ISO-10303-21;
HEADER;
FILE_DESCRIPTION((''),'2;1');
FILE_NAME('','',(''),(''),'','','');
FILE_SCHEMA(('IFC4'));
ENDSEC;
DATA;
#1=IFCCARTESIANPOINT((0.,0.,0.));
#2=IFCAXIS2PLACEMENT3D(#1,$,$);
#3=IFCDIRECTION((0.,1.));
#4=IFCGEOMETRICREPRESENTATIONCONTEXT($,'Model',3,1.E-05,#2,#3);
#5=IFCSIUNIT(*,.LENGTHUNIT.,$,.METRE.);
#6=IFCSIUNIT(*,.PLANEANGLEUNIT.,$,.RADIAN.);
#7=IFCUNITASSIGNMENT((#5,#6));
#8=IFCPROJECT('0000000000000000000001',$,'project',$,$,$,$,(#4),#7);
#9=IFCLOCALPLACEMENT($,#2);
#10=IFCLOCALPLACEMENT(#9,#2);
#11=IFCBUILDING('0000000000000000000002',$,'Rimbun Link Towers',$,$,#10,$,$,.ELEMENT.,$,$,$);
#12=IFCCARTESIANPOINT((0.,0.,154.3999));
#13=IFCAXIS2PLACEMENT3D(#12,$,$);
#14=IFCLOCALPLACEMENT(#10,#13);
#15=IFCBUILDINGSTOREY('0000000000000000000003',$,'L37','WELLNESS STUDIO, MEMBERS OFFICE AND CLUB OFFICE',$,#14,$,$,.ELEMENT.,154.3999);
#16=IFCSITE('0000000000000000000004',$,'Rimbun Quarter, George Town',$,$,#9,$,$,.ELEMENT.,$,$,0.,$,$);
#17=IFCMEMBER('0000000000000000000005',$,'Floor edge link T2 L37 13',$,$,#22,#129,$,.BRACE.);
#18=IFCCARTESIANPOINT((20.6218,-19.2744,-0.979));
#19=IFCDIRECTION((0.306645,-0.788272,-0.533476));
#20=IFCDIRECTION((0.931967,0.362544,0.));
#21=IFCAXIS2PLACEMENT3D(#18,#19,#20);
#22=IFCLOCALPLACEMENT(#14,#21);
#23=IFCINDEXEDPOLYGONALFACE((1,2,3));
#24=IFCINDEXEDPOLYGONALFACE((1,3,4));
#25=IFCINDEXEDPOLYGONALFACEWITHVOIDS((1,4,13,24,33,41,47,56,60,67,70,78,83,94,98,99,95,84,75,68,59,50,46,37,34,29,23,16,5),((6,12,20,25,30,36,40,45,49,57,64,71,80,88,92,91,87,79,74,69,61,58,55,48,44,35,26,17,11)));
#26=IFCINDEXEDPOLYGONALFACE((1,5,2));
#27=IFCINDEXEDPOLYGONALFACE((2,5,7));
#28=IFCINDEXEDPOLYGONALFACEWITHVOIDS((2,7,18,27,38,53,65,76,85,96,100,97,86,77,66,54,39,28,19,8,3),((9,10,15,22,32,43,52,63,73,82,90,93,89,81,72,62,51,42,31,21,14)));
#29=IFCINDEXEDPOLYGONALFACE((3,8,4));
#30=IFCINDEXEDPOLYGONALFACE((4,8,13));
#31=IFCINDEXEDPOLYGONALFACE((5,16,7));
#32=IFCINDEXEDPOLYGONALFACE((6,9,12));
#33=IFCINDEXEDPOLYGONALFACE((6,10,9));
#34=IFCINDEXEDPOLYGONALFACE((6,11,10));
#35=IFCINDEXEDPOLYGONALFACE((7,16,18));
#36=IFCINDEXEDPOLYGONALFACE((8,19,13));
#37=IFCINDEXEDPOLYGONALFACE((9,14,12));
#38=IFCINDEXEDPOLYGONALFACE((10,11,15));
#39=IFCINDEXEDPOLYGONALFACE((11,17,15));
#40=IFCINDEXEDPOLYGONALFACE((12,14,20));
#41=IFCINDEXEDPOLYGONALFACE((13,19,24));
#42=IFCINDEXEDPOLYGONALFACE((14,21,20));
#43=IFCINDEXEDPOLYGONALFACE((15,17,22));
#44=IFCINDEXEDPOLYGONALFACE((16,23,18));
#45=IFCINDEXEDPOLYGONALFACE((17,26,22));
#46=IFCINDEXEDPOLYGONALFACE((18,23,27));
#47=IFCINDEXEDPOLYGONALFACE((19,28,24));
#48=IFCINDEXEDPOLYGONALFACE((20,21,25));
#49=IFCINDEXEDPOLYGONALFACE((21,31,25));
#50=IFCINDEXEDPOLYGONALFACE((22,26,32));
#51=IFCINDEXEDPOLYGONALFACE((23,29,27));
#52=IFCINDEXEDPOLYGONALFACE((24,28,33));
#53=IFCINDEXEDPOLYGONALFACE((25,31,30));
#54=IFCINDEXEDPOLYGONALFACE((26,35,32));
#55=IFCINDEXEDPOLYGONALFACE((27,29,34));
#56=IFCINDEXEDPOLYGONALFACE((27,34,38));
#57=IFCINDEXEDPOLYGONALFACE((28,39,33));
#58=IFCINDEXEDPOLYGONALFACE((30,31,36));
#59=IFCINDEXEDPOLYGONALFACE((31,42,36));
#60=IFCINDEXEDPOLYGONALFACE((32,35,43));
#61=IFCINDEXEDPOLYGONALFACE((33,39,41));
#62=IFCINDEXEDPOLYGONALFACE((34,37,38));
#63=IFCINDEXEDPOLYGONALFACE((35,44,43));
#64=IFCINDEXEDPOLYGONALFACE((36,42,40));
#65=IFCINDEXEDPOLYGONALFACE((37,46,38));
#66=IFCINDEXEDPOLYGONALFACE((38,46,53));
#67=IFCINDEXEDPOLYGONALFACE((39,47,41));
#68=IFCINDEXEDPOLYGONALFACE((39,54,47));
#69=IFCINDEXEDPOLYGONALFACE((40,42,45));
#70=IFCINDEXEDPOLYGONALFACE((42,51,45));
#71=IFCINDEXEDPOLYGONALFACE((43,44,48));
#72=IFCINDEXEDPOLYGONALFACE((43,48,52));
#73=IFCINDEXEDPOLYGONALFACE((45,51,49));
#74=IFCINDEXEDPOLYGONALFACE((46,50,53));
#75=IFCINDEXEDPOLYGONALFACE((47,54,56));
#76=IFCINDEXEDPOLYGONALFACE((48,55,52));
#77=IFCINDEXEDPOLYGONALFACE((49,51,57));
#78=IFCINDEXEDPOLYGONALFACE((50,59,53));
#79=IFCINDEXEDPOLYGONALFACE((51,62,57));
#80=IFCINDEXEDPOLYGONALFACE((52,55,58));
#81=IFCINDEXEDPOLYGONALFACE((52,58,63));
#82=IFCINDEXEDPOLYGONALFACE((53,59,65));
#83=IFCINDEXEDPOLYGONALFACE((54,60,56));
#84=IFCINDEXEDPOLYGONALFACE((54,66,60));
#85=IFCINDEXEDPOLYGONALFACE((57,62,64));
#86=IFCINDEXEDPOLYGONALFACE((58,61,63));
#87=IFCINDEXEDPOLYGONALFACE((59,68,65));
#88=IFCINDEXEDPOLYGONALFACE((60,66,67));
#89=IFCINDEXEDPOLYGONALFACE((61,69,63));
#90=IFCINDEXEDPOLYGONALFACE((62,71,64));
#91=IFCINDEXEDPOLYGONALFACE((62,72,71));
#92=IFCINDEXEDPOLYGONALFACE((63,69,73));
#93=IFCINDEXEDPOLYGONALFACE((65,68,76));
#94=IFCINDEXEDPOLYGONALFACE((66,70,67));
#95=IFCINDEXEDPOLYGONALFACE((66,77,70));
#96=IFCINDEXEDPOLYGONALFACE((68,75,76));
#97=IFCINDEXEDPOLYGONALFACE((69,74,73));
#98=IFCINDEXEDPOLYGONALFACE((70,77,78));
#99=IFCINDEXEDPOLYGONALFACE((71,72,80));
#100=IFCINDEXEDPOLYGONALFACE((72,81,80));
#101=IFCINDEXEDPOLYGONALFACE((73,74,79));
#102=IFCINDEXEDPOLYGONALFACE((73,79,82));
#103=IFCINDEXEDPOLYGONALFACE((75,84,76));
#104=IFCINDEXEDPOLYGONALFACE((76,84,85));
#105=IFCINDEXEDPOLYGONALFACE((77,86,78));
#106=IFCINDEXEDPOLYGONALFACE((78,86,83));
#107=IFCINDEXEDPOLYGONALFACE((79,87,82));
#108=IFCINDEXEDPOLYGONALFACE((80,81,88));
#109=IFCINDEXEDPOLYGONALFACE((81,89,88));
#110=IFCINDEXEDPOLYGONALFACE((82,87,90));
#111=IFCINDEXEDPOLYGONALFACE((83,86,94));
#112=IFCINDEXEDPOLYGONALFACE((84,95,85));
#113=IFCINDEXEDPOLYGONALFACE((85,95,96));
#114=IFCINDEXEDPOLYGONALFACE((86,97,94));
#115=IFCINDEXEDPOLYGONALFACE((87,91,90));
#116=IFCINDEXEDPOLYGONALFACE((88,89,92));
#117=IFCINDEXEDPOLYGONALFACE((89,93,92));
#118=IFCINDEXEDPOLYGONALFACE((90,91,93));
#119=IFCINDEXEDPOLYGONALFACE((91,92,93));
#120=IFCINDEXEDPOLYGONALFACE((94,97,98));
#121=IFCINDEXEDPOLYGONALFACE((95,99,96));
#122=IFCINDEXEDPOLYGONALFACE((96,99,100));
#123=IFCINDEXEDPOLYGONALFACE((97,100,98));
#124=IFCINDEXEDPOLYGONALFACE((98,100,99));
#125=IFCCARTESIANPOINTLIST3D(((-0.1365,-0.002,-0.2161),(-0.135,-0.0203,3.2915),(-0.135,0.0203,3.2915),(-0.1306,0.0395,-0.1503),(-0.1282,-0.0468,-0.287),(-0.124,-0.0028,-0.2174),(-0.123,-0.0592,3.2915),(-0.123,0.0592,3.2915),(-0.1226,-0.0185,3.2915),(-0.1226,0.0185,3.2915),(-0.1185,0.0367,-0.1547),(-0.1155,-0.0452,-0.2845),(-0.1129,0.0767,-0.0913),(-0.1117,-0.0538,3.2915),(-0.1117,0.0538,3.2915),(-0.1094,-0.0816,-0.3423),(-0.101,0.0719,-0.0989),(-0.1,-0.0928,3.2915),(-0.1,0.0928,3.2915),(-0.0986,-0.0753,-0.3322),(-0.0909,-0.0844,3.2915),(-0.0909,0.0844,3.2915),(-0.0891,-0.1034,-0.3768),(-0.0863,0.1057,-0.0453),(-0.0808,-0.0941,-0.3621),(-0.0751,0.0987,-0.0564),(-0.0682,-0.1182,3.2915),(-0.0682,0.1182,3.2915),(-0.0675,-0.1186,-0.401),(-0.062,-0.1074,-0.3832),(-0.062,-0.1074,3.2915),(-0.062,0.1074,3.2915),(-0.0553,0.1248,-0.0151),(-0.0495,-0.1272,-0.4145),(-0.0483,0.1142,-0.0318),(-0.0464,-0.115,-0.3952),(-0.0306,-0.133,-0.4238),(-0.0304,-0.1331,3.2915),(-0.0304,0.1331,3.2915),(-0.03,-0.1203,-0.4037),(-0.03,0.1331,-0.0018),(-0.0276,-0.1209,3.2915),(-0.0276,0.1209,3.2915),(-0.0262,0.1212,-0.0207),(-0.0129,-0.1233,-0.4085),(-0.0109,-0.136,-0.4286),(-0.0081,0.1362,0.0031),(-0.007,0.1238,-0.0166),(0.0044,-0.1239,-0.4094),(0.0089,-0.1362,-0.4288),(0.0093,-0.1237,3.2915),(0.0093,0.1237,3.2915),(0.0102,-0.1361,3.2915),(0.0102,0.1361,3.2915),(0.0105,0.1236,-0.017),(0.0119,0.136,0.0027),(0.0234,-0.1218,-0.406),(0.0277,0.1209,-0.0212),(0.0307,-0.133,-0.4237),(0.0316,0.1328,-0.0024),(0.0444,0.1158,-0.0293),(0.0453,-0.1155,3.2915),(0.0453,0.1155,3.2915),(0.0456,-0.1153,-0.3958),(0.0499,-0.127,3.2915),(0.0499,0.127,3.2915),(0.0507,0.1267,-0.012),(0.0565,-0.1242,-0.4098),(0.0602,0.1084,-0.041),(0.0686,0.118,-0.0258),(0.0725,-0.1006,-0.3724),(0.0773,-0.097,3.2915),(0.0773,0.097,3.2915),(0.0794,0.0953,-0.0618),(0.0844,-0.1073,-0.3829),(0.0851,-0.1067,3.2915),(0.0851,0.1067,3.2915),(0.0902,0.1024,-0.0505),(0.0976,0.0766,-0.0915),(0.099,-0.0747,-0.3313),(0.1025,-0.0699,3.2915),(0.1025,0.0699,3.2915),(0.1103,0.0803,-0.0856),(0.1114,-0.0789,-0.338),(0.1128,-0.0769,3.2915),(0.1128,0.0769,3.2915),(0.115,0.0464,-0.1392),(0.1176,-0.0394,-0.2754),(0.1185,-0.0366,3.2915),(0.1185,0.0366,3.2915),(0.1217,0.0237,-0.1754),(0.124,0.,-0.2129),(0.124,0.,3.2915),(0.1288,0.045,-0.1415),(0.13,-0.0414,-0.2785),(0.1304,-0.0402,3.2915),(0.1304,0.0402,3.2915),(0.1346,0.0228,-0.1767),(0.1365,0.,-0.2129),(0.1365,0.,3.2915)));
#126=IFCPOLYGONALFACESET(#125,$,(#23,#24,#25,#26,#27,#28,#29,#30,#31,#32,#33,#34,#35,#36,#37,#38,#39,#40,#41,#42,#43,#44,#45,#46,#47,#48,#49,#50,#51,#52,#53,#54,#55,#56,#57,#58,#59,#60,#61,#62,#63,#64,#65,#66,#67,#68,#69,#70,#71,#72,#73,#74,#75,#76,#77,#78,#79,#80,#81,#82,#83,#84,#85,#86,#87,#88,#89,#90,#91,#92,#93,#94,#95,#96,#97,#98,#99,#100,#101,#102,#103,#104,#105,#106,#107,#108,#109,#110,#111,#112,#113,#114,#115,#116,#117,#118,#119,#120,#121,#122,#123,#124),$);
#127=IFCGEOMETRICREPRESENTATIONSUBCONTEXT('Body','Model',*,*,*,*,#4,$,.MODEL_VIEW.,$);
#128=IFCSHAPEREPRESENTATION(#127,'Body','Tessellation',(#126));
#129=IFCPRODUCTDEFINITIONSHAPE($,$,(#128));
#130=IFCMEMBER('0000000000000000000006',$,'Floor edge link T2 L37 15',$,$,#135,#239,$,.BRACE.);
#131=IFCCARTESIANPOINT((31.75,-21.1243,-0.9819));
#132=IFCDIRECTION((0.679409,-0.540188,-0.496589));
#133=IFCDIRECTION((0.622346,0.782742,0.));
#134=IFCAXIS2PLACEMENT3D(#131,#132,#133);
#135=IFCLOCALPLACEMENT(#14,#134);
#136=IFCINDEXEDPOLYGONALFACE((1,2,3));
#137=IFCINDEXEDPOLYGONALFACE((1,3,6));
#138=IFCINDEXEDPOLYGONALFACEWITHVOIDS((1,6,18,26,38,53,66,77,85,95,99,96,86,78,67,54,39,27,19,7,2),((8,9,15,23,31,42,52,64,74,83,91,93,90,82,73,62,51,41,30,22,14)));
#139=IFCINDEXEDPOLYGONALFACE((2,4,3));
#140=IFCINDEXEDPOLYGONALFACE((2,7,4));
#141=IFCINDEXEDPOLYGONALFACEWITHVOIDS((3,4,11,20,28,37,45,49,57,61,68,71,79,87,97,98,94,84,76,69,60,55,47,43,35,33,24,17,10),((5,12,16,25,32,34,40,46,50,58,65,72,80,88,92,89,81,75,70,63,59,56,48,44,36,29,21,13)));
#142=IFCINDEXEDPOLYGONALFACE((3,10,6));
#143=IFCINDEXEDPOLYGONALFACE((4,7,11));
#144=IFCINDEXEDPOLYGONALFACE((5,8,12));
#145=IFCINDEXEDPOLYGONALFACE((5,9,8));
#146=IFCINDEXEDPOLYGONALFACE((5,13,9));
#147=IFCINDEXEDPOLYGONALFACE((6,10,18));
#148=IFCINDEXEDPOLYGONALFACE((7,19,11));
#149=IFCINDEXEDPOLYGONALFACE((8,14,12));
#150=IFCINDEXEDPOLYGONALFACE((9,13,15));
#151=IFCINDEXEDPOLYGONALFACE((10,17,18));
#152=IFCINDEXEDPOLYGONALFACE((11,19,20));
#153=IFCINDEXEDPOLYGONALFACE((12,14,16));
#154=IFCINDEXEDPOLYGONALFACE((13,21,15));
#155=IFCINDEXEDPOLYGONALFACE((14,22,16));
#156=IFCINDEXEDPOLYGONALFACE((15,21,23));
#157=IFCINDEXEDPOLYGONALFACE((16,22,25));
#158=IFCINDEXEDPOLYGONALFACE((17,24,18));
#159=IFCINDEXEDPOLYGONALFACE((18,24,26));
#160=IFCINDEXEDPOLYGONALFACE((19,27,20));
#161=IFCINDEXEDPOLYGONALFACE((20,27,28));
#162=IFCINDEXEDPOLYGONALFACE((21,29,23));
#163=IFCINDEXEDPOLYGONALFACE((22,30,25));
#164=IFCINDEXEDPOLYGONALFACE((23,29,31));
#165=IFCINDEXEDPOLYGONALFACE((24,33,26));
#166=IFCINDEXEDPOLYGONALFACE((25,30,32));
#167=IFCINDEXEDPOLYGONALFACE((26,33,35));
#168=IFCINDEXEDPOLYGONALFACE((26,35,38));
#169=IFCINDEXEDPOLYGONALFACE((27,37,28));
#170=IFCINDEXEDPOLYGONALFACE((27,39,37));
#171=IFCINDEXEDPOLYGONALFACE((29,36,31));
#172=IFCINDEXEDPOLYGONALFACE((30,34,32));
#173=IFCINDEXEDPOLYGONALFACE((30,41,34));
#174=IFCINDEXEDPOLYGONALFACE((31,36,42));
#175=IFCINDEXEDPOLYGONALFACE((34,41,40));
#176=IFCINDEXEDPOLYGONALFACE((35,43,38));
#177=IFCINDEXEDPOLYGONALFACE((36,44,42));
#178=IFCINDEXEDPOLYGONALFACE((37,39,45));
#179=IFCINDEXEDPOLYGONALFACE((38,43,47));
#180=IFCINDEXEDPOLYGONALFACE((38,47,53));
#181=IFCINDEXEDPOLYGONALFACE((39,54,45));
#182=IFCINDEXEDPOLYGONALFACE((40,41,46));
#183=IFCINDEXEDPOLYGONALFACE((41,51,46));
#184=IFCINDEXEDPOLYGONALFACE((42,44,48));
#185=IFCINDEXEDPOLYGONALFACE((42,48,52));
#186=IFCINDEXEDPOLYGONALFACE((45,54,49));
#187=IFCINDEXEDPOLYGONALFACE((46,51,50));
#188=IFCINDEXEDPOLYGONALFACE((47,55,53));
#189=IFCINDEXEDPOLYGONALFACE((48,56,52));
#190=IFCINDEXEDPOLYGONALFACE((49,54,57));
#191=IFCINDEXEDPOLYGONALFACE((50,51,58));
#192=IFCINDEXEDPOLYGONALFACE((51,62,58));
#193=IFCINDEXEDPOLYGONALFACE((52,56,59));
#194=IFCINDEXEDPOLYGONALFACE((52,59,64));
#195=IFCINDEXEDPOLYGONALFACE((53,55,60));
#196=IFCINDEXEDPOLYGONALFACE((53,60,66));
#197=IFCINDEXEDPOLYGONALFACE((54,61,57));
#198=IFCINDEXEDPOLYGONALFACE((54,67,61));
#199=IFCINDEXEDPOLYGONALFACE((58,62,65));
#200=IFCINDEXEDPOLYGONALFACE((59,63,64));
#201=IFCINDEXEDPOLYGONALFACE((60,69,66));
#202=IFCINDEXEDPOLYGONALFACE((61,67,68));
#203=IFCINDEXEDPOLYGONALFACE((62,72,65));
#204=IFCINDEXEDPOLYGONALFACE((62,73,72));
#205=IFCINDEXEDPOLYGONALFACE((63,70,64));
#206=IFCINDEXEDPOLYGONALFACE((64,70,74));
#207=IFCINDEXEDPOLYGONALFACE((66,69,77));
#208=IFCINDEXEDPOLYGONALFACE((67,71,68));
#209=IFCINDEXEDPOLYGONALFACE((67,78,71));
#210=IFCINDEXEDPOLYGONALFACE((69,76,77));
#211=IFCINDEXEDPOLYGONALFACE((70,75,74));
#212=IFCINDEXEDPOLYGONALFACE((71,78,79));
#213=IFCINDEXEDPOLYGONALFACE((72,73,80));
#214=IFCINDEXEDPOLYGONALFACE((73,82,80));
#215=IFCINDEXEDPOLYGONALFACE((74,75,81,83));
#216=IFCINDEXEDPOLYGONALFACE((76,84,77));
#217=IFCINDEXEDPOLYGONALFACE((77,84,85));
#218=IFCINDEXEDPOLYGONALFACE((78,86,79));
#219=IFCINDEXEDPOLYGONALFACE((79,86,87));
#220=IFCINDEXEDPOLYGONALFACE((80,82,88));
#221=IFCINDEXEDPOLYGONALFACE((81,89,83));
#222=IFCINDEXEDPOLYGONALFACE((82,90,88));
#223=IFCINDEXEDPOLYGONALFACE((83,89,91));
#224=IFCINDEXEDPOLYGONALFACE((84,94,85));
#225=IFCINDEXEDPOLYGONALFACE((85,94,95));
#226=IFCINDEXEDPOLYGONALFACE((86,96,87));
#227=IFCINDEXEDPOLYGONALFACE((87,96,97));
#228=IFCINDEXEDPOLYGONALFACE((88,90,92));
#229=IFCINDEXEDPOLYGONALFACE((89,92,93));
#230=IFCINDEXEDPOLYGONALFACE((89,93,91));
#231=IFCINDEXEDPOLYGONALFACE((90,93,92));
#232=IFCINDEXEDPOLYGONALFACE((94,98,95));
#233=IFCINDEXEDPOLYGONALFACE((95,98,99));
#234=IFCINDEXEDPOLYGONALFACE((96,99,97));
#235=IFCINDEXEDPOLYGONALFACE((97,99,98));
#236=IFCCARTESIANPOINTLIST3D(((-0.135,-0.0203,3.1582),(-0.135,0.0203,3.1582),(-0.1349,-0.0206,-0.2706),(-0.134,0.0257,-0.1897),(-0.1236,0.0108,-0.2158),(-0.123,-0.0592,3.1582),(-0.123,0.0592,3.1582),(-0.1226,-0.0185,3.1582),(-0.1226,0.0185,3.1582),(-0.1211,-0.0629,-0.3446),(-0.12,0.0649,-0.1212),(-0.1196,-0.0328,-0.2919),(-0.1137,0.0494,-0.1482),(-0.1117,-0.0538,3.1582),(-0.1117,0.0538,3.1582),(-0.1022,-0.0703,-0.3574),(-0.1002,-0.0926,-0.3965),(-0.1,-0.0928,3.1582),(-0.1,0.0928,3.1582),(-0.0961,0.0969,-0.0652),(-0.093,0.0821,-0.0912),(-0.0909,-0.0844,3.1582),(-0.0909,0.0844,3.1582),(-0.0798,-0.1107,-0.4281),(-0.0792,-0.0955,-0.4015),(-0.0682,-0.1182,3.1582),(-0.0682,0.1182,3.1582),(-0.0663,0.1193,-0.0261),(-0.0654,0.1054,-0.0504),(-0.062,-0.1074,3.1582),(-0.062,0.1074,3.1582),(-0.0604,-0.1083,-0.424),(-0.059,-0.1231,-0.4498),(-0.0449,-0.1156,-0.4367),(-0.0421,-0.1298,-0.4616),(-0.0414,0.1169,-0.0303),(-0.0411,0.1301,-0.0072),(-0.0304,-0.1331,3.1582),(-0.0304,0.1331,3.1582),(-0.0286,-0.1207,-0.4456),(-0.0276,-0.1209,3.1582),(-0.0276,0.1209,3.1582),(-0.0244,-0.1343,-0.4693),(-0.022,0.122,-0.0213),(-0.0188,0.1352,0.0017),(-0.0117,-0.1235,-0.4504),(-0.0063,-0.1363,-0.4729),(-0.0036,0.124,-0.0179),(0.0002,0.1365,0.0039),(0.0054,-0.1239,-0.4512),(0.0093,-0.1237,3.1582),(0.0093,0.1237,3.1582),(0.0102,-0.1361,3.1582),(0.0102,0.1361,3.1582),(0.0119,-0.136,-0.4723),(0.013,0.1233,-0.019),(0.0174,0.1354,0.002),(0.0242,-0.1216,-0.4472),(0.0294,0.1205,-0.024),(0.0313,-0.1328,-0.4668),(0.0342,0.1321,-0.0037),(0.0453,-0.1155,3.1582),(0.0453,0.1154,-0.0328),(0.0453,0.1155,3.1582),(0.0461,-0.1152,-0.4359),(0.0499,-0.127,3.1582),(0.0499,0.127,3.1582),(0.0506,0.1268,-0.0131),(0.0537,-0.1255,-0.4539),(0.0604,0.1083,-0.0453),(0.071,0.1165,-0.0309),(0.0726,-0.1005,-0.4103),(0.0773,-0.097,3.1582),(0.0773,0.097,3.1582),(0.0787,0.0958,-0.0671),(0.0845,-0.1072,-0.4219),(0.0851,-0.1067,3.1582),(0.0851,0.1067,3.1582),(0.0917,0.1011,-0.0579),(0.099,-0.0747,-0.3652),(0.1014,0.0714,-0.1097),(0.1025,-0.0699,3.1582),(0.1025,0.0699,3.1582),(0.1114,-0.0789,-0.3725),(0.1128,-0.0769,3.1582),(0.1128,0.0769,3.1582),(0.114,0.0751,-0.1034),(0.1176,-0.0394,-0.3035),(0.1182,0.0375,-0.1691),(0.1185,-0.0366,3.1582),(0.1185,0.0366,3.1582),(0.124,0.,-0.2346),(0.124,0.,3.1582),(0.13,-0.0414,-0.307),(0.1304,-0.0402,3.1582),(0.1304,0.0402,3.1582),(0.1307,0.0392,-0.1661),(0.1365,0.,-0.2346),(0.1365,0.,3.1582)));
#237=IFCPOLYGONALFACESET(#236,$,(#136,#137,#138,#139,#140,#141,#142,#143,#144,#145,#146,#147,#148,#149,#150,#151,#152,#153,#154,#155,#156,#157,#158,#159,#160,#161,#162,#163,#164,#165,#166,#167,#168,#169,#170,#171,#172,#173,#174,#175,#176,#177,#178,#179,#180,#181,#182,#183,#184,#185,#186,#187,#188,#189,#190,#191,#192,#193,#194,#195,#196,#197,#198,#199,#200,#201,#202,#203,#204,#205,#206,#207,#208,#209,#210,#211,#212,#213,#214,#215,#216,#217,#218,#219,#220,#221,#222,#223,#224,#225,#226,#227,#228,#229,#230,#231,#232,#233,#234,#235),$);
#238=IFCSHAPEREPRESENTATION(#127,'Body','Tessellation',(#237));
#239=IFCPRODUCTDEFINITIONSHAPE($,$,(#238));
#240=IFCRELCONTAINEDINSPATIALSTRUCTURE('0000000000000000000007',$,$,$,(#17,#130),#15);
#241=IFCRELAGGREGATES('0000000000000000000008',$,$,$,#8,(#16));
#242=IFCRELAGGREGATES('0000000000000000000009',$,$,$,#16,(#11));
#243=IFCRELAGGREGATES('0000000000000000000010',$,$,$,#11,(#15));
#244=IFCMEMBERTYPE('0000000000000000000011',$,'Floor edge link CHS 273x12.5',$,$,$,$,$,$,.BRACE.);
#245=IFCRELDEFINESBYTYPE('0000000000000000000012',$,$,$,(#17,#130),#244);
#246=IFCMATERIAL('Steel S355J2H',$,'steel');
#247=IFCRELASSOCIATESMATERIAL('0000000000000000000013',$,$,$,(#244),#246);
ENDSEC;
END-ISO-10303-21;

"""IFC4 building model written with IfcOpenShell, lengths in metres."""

from ifc_helpers import new_model, si_unit, direction, frame, origin, origin_2d, place, context, subcontext, project, spatial, hollow_circle, extrude, clip, halfspace, material, material_profile, profile_set, type_object, element, save


model = new_model("IFC4")

# Units and contexts
model_context = context("Model", 3, precision=1e-05, world=origin(), true_north=direction((0.0, 1.0)))
body_context = subcontext(model_context, "Body", "Model", "MODEL_VIEW")
ifc_project = project(units=[si_unit("LENGTHUNIT", "METRE"), si_unit("PLANEANGLEUNIT", "RADIAN")], contexts=[model_context])

# Site, building, storey
site_placement = place(None, origin())
site = spatial("IfcSite", under=ifc_project, at=site_placement, Name="Rimbun Quarter, George Town", CompositionType="ELEMENT", RefElevation=0.0)
building_placement = place(site_placement, origin())
building = spatial("IfcBuilding", under=site, at=building_placement, Name="Rimbun Link Towers", CompositionType="ELEMENT")
storey_placement = place(building_placement, frame((0.0, 0.0, 154.3999)))
storey = spatial("IfcBuildingStorey", under=building, at=storey_placement, Name="L37", Description="WELLNESS STUDIO, MEMBERS OFFICE AND CLUB OFFICE", CompositionType="ELEMENT", Elevation=154.3999)

# Members
ifc_material_1 = material(Name="Steel S355J2H", Category="steel")
ifc_material_profile_1 = material_profile(ifc_material_1, hollow_circle(Radius=0.1365, WallThickness=0.0125, at=origin_2d()), Name="CHS 273x12.5")
ifc_profile_set_1 = profile_set([ifc_material_profile_1], Name="Steel S355J2H")
member_type_1 = type_object("IfcMemberType", Name="Floor edge link CHS 273x12.5", PredefinedType="BRACE", material=ifc_profile_set_1)
member_1_placement = place(storey_placement, frame((20.6218, -19.2744, -0.979), z_axis=(0.306645, -0.788272, -0.533476), x_axis=(0.931967, 0.362544, 0.0)))
element("IfcMember", 1, at=member_1_placement, inside=storey, type_object=member_type_1, Name="Floor edge link T2 L37 13", PredefinedType="BRACE", context=body_context, shape_type="Clipping", body=[
    clip(extrude(hollow_circle(Radius=0.1365, WallThickness=0.0125, at=origin_2d()), frame((0.0, 0.0, -0.4514)), (0.0, 0.0, 1.0), 3.7429), halfspace(frame((0.0, 0.0, -0.2129), z_axis=(0.0, 0.845815, -0.533476)), False)),
])
member_2_placement = place(storey_placement, frame((31.75, -21.1243, -0.9819), z_axis=(0.679409, -0.540188, -0.496589), x_axis=(0.622346, 0.782742, 0.0)))
element("IfcMember", 2, at=member_2_placement, inside=storey, type_object=member_type_1, Name="Floor edge link T2 L37 15", PredefinedType="BRACE", context=body_context, shape_type="Clipping", body=[
    clip(extrude(hollow_circle(Radius=0.1365, WallThickness=0.0125, at=origin_2d()), frame((0.0, 0.0, -0.4973)), (0.0, 0.0, 1.0), 3.6555), halfspace(frame((0.0, 0.0, -0.2346), z_axis=(0.0, 0.867986, -0.496589)), False)),
])

save(model, "model.ifc")
